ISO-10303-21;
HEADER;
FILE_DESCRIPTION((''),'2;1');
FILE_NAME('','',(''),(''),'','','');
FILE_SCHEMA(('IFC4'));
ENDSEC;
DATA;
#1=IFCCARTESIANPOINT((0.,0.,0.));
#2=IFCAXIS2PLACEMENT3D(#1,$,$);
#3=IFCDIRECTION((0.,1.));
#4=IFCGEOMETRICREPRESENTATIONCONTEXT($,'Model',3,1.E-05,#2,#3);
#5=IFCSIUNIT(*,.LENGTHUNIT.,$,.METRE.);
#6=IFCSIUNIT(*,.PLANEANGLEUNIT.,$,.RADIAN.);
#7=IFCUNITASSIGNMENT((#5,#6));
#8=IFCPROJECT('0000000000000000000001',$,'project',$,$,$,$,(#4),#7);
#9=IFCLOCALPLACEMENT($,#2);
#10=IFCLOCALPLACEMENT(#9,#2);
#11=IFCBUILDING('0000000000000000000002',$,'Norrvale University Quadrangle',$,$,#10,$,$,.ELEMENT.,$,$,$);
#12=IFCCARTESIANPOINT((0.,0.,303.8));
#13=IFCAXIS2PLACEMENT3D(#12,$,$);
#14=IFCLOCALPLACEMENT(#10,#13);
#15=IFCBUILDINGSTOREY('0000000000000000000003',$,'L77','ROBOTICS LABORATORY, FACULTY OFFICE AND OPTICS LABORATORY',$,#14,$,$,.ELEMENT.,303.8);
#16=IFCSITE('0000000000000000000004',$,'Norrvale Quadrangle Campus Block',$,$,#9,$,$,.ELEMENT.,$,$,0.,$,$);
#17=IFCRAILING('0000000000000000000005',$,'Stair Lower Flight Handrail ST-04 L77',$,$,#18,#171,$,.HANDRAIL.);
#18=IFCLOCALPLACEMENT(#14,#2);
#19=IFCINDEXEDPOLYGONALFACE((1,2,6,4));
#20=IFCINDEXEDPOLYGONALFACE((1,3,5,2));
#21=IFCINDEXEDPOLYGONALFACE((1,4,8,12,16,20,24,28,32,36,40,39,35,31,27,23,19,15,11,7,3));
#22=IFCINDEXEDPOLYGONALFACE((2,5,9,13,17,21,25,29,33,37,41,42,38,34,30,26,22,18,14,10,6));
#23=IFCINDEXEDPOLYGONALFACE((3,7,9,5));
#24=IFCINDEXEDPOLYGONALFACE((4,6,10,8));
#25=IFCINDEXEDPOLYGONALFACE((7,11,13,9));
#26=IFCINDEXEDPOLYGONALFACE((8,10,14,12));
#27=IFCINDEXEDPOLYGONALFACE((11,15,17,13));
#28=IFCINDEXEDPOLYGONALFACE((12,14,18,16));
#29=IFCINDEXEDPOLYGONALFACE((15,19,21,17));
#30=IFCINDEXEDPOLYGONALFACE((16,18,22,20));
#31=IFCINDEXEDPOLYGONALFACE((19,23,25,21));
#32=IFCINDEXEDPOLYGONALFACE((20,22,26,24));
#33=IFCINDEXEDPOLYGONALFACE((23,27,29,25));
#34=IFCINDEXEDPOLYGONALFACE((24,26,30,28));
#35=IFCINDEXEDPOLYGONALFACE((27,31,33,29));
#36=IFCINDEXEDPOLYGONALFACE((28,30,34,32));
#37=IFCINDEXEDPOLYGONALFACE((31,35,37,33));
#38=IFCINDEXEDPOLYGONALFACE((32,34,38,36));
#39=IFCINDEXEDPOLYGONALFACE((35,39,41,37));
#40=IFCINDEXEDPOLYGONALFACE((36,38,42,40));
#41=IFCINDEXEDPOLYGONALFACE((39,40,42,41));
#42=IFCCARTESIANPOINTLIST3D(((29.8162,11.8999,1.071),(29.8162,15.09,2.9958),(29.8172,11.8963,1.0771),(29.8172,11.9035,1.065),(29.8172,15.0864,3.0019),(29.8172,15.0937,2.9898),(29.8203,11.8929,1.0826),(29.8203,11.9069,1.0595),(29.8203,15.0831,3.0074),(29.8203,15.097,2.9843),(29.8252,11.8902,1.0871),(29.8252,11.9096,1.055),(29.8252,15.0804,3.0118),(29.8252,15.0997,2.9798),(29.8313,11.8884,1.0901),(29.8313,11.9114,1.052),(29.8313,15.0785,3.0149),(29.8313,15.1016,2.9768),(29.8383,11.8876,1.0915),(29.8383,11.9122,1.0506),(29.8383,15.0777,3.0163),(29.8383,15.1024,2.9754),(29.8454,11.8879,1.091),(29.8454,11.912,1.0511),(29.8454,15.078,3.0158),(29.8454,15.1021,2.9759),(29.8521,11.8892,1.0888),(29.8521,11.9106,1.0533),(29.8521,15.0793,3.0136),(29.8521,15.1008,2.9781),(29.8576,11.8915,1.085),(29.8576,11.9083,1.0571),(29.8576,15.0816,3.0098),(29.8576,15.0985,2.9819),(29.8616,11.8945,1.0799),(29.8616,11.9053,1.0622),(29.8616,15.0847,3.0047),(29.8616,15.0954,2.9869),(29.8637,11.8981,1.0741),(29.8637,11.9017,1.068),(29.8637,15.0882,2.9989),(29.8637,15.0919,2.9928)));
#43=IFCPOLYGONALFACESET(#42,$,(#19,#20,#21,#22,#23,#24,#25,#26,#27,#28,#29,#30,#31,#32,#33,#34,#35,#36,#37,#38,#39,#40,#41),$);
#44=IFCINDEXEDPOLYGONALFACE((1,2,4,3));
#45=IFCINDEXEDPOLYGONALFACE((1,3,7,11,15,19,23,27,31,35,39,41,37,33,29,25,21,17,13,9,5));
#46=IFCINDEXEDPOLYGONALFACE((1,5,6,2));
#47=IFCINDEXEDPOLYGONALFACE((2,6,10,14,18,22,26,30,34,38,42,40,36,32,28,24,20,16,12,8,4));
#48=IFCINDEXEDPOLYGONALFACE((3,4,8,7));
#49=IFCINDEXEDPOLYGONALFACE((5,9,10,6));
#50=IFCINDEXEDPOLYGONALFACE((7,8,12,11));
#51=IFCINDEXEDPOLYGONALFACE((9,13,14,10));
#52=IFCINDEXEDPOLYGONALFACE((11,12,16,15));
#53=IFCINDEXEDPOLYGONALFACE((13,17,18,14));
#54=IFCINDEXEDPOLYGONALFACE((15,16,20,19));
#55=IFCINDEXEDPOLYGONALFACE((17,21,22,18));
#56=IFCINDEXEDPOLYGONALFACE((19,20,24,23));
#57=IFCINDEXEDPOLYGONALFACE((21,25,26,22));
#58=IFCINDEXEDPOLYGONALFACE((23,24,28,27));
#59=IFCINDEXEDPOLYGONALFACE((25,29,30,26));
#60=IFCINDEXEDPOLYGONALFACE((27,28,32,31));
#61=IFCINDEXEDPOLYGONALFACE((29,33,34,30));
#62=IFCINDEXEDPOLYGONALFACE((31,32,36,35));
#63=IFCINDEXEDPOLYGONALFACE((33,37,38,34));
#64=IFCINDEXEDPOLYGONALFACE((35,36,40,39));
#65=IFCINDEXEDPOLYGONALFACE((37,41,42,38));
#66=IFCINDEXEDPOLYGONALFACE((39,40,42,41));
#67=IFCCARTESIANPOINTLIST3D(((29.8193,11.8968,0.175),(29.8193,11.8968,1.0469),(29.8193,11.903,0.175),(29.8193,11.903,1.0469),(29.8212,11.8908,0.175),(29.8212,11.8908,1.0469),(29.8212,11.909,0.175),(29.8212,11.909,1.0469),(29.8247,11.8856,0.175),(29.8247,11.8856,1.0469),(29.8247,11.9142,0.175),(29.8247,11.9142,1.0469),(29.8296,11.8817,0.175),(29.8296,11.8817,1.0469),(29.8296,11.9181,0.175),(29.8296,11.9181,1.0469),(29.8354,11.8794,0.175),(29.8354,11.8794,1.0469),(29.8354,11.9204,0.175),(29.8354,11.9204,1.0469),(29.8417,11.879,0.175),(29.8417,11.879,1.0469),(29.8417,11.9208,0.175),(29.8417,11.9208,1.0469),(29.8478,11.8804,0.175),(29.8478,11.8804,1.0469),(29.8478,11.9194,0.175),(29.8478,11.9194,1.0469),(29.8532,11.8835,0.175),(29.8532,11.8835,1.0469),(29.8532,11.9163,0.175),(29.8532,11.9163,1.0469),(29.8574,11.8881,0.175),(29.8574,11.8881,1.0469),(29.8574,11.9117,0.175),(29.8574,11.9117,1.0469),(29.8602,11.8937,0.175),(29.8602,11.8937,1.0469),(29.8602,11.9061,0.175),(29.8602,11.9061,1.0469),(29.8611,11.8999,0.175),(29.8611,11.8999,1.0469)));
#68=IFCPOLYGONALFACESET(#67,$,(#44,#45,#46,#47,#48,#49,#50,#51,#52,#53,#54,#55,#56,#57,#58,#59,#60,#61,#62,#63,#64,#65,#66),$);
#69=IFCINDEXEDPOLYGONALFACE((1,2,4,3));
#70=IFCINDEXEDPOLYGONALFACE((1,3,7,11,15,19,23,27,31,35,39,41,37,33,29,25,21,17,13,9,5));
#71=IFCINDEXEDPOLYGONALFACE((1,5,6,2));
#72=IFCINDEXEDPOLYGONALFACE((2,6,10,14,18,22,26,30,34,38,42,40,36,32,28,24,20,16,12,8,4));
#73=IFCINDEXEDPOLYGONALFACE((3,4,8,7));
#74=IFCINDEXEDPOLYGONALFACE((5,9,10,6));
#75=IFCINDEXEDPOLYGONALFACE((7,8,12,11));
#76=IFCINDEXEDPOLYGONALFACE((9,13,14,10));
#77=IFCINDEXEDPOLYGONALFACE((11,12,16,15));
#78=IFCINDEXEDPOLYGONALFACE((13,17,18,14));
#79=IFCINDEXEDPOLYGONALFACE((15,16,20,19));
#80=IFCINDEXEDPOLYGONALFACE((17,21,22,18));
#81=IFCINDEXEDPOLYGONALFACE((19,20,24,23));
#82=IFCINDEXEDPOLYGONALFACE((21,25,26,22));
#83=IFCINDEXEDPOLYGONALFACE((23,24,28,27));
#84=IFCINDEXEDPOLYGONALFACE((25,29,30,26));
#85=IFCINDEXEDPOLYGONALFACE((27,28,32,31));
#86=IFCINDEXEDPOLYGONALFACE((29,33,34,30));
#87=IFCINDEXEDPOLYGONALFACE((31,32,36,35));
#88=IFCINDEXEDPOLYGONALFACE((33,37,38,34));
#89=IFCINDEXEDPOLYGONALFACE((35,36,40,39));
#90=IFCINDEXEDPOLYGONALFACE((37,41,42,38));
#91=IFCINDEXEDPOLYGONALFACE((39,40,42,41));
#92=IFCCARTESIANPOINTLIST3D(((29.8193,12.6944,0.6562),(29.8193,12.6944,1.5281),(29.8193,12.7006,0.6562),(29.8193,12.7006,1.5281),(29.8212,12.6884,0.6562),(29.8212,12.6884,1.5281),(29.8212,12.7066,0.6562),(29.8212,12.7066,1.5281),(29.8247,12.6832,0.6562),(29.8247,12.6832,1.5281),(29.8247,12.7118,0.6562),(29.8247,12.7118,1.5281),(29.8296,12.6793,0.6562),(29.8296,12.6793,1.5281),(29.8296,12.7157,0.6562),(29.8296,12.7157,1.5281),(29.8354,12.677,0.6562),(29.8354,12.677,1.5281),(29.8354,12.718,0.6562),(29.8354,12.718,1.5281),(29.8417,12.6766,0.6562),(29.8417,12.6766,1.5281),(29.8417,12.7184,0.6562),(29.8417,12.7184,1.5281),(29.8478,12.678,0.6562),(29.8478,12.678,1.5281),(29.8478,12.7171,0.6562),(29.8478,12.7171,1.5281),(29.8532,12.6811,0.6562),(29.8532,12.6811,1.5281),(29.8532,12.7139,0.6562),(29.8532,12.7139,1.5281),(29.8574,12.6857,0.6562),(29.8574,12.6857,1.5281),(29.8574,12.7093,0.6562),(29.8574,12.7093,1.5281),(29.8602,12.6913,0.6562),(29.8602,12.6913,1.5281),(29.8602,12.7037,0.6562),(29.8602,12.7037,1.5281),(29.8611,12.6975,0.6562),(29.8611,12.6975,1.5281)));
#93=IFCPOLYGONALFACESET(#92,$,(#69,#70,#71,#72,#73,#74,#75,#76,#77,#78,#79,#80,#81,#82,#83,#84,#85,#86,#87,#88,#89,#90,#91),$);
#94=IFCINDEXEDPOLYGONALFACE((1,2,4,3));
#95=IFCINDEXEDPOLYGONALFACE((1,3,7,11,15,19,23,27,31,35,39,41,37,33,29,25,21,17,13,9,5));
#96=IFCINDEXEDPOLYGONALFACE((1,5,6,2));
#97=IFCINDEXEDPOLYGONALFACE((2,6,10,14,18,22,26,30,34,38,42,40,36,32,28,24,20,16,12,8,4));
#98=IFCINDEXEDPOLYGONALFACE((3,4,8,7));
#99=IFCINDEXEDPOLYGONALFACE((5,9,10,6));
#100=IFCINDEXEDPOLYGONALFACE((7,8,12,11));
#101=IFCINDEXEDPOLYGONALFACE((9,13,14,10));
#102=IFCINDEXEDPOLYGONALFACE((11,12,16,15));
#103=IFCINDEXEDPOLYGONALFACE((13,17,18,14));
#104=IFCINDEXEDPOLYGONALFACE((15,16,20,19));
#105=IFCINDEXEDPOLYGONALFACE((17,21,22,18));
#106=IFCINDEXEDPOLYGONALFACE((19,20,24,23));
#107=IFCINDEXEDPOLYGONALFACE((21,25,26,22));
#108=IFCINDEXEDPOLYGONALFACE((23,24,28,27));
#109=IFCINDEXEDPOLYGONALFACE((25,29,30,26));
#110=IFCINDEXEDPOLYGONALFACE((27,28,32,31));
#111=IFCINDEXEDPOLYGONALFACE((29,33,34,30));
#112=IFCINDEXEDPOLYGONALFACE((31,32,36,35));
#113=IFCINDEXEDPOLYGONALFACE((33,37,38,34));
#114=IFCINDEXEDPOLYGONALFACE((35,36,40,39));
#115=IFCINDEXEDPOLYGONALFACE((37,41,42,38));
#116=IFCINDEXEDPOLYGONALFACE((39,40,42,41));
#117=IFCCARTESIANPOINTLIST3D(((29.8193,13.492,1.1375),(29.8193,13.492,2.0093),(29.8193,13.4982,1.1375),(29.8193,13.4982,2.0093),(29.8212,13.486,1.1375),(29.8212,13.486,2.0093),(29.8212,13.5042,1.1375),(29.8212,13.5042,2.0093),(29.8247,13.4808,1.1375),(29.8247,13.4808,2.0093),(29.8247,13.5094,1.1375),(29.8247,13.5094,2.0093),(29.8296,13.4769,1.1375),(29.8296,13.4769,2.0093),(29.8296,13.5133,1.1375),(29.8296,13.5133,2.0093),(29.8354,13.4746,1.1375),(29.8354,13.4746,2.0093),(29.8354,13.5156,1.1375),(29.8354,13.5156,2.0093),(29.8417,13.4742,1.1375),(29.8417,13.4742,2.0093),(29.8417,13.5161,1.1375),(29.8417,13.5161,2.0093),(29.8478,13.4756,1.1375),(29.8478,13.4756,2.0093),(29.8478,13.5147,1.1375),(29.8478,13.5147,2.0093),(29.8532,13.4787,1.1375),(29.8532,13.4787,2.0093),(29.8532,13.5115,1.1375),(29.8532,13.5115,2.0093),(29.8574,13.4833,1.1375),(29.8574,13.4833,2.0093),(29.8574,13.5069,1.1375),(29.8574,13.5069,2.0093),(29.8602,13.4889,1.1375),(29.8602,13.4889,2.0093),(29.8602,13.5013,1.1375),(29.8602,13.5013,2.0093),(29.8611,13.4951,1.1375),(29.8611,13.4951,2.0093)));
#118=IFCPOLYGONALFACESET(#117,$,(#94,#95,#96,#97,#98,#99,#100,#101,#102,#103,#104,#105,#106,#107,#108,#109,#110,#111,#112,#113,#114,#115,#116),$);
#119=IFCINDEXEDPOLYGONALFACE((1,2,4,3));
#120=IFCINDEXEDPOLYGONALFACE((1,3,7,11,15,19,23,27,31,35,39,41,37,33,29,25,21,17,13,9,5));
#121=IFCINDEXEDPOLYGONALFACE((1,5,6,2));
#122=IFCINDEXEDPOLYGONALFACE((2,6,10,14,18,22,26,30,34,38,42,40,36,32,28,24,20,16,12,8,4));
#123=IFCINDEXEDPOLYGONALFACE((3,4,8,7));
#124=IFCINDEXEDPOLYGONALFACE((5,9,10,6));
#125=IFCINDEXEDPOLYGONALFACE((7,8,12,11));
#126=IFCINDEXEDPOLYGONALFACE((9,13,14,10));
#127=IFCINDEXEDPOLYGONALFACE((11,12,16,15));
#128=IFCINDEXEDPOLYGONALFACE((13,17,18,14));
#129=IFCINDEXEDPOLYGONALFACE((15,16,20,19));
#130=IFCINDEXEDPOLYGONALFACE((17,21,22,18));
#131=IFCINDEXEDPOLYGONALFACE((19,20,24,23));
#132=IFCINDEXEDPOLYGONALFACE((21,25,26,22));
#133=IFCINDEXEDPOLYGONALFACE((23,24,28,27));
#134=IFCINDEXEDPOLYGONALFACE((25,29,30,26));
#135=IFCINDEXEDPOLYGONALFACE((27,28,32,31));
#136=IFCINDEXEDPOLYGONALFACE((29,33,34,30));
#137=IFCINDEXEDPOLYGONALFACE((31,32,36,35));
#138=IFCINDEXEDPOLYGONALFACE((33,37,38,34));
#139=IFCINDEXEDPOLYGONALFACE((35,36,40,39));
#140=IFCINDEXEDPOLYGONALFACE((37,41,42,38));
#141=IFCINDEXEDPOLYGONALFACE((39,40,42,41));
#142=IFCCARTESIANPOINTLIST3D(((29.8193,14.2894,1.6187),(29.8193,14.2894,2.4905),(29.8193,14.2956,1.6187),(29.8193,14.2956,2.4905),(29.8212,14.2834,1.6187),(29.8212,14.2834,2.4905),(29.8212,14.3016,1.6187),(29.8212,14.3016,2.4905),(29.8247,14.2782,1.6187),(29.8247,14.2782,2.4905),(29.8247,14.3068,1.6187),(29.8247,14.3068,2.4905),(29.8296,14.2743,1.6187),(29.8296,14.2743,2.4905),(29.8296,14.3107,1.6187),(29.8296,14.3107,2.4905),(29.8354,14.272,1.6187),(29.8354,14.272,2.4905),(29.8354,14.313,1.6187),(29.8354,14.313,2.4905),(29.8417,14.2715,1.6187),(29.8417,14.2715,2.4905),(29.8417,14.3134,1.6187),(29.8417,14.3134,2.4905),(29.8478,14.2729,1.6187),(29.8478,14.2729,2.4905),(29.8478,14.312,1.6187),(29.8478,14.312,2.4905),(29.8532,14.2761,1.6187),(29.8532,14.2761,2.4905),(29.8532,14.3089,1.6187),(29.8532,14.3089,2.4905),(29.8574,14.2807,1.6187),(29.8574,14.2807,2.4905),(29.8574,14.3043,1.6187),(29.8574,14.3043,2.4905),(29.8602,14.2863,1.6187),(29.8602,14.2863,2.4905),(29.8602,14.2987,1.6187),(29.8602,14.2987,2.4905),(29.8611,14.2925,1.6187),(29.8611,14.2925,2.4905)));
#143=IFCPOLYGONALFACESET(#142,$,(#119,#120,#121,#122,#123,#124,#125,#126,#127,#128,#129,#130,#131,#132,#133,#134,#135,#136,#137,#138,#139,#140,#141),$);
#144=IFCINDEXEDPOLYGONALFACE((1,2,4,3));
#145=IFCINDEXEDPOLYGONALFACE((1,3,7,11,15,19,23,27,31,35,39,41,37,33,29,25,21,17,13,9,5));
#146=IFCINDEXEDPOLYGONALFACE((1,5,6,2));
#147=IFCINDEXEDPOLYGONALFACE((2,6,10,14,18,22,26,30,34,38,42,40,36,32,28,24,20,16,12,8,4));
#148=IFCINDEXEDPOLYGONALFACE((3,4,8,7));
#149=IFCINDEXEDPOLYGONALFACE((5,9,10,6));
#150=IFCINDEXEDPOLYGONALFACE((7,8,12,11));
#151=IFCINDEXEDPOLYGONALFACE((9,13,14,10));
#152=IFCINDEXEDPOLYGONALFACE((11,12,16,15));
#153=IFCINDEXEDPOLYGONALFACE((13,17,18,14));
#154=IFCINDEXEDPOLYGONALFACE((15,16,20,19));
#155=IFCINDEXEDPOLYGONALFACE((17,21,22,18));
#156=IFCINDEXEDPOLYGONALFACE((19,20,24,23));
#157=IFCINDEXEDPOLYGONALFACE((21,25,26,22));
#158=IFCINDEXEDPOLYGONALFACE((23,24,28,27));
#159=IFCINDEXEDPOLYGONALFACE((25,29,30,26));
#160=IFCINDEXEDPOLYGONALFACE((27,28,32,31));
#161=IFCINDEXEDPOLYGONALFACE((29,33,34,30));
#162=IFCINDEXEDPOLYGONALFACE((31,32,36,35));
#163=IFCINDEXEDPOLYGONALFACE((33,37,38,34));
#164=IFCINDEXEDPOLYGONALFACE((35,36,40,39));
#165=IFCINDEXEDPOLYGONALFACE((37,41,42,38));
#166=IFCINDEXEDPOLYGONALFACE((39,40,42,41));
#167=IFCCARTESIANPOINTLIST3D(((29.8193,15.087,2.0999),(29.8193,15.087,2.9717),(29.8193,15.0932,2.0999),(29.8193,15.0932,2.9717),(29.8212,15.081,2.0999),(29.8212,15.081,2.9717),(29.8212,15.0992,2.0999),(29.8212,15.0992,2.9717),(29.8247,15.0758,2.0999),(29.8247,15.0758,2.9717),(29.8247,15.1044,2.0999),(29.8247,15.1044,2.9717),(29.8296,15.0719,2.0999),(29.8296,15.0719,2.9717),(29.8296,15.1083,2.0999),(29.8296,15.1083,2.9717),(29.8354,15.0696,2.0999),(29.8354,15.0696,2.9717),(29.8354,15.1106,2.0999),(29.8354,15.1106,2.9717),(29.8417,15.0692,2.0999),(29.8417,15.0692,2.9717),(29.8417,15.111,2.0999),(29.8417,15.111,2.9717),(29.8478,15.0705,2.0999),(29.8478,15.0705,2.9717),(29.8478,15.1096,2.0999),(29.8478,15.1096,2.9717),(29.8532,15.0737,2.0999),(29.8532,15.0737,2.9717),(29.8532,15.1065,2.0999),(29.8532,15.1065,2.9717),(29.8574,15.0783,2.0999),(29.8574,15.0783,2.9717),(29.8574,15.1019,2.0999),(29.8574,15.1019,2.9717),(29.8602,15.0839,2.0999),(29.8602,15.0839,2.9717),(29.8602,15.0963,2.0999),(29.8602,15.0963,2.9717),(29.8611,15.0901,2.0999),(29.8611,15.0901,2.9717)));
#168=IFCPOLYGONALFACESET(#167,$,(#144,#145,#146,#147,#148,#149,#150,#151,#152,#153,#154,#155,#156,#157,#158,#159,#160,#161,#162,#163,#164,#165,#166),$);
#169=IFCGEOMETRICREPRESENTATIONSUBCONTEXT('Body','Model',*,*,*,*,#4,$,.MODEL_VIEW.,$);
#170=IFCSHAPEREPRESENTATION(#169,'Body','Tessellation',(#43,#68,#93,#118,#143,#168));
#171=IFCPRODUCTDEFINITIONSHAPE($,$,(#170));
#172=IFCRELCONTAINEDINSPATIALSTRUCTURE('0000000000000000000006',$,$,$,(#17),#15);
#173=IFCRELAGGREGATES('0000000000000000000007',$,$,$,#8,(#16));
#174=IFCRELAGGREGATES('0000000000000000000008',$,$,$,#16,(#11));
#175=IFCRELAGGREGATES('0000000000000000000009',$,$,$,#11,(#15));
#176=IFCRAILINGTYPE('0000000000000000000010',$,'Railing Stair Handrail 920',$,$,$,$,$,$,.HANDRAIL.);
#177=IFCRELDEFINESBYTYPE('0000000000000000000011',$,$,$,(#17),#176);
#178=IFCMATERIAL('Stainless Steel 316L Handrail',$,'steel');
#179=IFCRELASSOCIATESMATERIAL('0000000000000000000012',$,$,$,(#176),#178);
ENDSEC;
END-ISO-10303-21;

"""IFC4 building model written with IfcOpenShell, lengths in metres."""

from ifc_helpers import new_model, si_unit, direction, frame, origin, origin_2d, place, context, subcontext, project, spatial, circle, extrude, material, type_object, element, save


model = new_model("IFC4")

# Units and contexts
model_context = context("Model", 3, precision=1e-05, world=origin(), true_north=direction((0.0, 1.0)))
body_context = subcontext(model_context, "Body", "Model", "MODEL_VIEW")
ifc_project = project(units=[si_unit("LENGTHUNIT", "METRE"), si_unit("PLANEANGLEUNIT", "RADIAN")], contexts=[model_context])

# Site, building, storey
site_placement = place(None, origin())
site = spatial("IfcSite", under=ifc_project, at=site_placement, Name="Norrvale Quadrangle Campus Block", CompositionType="ELEMENT", RefElevation=0.0)
building_placement = place(site_placement, origin())
building = spatial("IfcBuilding", under=site, at=building_placement, Name="Norrvale University Quadrangle", CompositionType="ELEMENT")
storey_placement = place(building_placement, frame((0.0, 0.0, 303.8)))
storey = spatial("IfcBuildingStorey", under=building, at=storey_placement, Name="L77", Description="ROBOTICS LABORATORY, FACULTY OFFICE AND OPTICS LABORATORY", CompositionType="ELEMENT", Elevation=303.8)

# Railing
ifc_material_1 = material(Name="Stainless Steel 316L Handrail", Category="steel")
railing_type_1 = type_object("IfcRailingType", Name="Railing Stair Handrail 920", PredefinedType="HANDRAIL", material=ifc_material_1)
railing_1_placement = place(storey_placement, frame((29.8401, 11.8999, 0.175)))
element("IfcRailing", 1, at=railing_1_placement, inside=storey, type_object=railing_type_1, Name="Stair Lower Flight Handrail ST-04 L77", PredefinedType="HANDRAIL", context=body_context, shape_type="SweptSolid", body=[
    extrude(circle(Radius=0.0239, at=origin_2d()), frame((0.0, 0.0, 0.896), z_axis=(0.0, 0.856224, 0.516605), x_axis=(-1.0, 0.0, 0.0)), (0.0, 0.0, 1.0), 3.7258),
    extrude(circle(Radius=0.021, at=origin_2d()), origin(), (0.0, 0.0, 1.0), 0.8718),
    extrude(circle(Radius=0.021, at=origin_2d()), frame((0.0, 0.7976, 0.4812)), (0.0, 0.0, 1.0), 0.8718),
    extrude(circle(Radius=0.021, at=origin_2d()), frame((0.0, 1.5952, 0.9624)), (0.0, 0.0, 1.0), 0.8718),
    extrude(circle(Radius=0.021, at=origin_2d()), frame((0.0, 2.3926, 1.4436)), (0.0, 0.0, 1.0), 0.8718),
    extrude(circle(Radius=0.021, at=origin_2d()), frame((0.0, 3.1902, 1.9248)), (0.0, 0.0, 1.0), 0.8718),
])

save(model, "model.ifc")
